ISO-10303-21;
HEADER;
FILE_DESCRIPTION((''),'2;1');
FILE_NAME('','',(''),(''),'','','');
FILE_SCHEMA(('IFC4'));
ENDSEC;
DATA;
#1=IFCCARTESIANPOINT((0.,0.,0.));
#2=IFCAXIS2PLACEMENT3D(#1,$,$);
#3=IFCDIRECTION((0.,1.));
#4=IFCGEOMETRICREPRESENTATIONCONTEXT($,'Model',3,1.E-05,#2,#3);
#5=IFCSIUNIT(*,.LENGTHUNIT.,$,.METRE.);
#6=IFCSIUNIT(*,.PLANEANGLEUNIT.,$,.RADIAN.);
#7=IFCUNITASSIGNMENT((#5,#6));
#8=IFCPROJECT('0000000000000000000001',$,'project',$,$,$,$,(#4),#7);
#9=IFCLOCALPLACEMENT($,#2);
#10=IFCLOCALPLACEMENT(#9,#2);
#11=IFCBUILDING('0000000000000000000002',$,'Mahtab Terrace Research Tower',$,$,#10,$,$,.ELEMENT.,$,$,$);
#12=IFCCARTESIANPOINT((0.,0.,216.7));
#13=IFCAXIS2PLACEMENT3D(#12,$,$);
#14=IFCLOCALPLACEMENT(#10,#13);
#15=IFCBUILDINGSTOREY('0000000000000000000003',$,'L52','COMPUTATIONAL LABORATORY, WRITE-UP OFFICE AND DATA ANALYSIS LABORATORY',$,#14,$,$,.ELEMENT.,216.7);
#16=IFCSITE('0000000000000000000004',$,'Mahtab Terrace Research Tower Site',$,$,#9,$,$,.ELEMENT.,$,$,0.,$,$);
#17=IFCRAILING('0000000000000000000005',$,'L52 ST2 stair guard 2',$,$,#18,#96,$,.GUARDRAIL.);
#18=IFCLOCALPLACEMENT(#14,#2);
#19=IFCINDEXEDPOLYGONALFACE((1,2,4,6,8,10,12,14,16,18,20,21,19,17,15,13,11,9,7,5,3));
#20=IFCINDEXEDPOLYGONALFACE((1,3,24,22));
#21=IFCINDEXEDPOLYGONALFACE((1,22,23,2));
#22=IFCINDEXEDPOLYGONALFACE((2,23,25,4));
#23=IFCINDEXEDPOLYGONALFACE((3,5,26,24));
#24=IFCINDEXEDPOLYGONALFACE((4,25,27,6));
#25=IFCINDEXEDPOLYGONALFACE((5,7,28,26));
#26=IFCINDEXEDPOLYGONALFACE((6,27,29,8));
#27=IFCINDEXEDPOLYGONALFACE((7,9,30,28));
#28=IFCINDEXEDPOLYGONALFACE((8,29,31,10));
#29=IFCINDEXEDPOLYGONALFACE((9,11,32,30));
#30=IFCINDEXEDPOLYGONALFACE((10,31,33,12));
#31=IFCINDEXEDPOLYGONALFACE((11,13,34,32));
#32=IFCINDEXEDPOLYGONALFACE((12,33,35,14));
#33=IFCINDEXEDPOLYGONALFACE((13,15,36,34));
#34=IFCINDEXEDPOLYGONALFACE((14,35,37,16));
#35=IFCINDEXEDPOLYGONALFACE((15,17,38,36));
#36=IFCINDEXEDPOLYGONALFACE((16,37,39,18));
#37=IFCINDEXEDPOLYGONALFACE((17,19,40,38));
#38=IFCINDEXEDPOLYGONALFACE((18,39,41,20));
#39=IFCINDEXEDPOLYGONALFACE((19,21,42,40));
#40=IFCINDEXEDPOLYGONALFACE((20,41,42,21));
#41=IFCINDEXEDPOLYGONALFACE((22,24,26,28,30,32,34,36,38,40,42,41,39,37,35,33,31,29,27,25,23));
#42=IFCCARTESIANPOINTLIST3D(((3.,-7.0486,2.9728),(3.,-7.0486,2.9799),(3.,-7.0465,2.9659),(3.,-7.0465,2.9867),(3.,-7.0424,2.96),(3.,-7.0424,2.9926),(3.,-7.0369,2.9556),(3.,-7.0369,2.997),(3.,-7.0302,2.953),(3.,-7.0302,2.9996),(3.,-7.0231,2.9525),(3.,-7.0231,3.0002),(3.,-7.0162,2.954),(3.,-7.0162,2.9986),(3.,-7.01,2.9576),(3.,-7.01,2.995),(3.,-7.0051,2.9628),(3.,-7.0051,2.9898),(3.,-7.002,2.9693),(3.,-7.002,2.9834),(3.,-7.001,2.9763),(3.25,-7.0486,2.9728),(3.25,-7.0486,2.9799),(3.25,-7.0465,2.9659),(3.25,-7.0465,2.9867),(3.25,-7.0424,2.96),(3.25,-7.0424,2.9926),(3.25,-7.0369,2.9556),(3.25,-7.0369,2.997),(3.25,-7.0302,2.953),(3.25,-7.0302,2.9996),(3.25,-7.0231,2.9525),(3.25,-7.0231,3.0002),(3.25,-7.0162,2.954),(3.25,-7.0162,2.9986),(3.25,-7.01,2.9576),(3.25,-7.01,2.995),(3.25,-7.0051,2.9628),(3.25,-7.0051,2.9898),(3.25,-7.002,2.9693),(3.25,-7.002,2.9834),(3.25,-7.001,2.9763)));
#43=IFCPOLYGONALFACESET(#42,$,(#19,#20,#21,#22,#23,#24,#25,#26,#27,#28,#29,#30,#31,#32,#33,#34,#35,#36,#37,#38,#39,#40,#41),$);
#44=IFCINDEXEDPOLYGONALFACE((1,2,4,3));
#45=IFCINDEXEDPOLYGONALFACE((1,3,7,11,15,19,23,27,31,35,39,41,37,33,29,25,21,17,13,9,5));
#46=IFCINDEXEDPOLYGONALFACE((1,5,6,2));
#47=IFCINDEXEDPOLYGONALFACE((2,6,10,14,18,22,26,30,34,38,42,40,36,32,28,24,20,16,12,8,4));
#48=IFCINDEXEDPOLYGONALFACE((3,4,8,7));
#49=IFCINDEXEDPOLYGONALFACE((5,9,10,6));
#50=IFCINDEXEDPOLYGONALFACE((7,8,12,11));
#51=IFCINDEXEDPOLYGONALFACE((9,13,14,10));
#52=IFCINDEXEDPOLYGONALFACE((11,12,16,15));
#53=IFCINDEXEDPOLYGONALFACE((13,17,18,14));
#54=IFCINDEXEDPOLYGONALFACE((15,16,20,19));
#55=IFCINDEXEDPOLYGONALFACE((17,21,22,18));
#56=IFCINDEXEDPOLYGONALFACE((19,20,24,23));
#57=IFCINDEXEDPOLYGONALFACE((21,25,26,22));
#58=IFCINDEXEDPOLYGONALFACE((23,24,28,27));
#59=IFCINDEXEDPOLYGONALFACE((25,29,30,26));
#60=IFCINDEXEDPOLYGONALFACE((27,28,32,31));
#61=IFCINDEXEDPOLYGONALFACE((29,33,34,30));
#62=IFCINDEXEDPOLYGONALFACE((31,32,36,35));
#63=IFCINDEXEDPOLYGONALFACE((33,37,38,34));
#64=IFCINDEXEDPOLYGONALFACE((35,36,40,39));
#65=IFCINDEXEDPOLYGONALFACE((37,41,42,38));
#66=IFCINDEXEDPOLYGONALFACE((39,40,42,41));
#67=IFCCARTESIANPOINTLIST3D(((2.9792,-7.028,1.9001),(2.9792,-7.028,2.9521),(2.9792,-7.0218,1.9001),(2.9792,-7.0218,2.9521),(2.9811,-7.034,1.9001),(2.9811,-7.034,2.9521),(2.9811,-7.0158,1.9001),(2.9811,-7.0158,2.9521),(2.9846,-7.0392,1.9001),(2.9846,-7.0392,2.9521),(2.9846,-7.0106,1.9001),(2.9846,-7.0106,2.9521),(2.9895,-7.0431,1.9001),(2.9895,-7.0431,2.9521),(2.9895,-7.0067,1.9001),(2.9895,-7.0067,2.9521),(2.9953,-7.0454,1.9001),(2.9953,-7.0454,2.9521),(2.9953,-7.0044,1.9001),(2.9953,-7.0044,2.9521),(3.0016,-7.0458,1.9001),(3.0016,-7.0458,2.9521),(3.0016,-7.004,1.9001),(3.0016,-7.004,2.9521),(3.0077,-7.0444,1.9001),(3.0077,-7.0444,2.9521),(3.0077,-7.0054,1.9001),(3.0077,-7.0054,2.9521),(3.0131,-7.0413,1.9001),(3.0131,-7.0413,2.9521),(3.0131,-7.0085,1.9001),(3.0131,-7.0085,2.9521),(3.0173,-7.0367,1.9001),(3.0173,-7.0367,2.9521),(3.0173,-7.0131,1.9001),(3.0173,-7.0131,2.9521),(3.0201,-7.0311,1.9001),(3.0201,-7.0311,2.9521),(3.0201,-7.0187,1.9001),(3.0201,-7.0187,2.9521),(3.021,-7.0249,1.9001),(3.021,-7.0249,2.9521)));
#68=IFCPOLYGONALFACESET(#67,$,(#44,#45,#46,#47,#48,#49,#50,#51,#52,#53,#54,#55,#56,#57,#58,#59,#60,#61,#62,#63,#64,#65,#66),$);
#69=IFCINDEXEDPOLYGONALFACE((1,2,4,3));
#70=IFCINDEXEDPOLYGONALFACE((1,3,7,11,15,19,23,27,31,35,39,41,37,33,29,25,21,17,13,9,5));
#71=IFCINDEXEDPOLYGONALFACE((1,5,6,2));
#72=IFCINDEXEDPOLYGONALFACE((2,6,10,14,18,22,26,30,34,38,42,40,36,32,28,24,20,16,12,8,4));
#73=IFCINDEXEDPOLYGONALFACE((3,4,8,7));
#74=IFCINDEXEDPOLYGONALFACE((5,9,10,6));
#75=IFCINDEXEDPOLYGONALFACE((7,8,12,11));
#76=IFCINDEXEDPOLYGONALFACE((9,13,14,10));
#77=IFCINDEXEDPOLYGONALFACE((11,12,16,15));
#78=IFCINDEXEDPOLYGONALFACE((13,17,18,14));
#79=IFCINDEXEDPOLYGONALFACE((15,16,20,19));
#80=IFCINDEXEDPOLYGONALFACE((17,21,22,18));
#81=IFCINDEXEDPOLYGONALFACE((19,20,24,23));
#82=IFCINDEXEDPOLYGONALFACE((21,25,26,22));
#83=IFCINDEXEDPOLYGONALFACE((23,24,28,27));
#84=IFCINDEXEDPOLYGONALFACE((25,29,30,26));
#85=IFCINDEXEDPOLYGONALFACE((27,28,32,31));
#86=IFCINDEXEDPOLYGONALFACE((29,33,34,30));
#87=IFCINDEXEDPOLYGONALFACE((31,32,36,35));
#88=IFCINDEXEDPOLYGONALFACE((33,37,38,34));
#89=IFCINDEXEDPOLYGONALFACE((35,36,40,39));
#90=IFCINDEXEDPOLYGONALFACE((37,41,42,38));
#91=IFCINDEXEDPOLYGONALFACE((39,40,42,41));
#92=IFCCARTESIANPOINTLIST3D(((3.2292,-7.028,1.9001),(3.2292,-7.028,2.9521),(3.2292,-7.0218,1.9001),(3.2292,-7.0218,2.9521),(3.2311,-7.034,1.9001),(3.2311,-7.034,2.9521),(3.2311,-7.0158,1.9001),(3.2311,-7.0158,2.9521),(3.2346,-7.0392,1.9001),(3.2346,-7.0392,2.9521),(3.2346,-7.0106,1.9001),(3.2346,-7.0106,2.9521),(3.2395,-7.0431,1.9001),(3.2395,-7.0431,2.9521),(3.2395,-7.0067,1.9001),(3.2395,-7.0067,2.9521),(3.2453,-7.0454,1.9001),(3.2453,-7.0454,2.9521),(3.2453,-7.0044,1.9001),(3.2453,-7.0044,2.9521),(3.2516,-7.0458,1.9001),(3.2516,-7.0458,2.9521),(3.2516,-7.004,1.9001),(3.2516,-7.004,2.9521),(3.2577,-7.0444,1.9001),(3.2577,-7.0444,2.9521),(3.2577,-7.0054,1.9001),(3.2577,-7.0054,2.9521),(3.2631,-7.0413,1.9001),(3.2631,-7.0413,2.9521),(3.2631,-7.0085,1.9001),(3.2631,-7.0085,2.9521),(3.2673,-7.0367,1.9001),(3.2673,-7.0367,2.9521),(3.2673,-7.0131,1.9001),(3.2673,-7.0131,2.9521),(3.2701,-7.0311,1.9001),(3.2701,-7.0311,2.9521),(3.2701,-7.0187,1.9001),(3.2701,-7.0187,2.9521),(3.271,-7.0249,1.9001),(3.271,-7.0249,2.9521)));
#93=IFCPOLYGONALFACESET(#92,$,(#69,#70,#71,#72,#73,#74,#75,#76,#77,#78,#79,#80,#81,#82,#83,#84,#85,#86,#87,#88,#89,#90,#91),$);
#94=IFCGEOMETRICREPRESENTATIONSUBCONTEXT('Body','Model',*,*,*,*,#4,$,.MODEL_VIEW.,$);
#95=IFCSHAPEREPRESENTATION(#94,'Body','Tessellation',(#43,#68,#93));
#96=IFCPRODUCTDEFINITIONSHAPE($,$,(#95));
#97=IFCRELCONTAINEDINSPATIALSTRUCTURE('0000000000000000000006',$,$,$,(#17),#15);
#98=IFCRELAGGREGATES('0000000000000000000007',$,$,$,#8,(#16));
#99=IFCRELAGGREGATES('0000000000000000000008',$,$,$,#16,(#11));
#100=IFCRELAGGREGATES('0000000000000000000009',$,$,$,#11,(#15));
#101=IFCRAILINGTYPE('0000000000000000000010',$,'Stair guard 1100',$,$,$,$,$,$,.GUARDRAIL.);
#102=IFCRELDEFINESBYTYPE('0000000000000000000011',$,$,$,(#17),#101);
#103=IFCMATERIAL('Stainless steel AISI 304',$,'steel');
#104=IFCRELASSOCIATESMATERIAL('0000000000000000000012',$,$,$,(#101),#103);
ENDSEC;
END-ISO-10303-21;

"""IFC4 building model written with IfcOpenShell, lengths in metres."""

from ifc_helpers import new_model, si_unit, direction, frame, origin, origin_2d, place, context, subcontext, project, spatial, circle, extrude, material, type_object, element, save


model = new_model("IFC4")

# Units and contexts
model_context = context("Model", 3, precision=1e-05, world=origin(), true_north=direction((0.0, 1.0)))
body_context = subcontext(model_context, "Body", "Model", "MODEL_VIEW")
ifc_project = project(units=[si_unit("LENGTHUNIT", "METRE"), si_unit("PLANEANGLEUNIT", "RADIAN")], contexts=[model_context])

# Site, building, storey
site_placement = place(None, origin())
site = spatial("IfcSite", under=ifc_project, at=site_placement, Name="Mahtab Terrace Research Tower Site", CompositionType="ELEMENT", RefElevation=0.0)
building_placement = place(site_placement, origin())
building = spatial("IfcBuilding", under=site, at=building_placement, Name="Mahtab Terrace Research Tower", CompositionType="ELEMENT")
storey_placement = place(building_placement, frame((0.0, 0.0, 216.7)))
storey = spatial("IfcBuildingStorey", under=building, at=storey_placement, Name="L52", Description="COMPUTATIONAL LABORATORY, WRITE-UP OFFICE AND DATA ANALYSIS LABORATORY", CompositionType="ELEMENT", Elevation=216.7)

# Railing
ifc_material_1 = material(Name="Stainless steel AISI 304", Category="steel")
railing_type_1 = type_object("IfcRailingType", Name="Stair guard 1100", PredefinedType="GUARDRAIL", material=ifc_material_1)
railing_1_placement = place(storey_placement, frame((3.0, -7.0249, 1.9001)))
element("IfcRailing", 1, at=railing_1_placement, inside=storey, type_object=railing_type_1, Name="L52 ST2 stair guard 2", PredefinedType="GUARDRAIL", context=body_context, shape_type="SweptSolid", body=[
    extrude(circle(Radius=0.0239, at=origin_2d()), frame((0.0, 0.0, 1.0762), z_axis=(1.0, 0.0, 0.0), x_axis=(0.0, 1.0, 0.0)), (0.0, 0.0, 1.0), 0.25),
    extrude(circle(Radius=0.021, at=origin_2d()), origin(), (0.0, 0.0, 1.0), 1.052),
    extrude(circle(Radius=0.021, at=origin_2d()), frame((0.25, 0.0, 0.0)), (0.0, 0.0, 1.0), 1.052),
])

save(model, "model.ifc")
